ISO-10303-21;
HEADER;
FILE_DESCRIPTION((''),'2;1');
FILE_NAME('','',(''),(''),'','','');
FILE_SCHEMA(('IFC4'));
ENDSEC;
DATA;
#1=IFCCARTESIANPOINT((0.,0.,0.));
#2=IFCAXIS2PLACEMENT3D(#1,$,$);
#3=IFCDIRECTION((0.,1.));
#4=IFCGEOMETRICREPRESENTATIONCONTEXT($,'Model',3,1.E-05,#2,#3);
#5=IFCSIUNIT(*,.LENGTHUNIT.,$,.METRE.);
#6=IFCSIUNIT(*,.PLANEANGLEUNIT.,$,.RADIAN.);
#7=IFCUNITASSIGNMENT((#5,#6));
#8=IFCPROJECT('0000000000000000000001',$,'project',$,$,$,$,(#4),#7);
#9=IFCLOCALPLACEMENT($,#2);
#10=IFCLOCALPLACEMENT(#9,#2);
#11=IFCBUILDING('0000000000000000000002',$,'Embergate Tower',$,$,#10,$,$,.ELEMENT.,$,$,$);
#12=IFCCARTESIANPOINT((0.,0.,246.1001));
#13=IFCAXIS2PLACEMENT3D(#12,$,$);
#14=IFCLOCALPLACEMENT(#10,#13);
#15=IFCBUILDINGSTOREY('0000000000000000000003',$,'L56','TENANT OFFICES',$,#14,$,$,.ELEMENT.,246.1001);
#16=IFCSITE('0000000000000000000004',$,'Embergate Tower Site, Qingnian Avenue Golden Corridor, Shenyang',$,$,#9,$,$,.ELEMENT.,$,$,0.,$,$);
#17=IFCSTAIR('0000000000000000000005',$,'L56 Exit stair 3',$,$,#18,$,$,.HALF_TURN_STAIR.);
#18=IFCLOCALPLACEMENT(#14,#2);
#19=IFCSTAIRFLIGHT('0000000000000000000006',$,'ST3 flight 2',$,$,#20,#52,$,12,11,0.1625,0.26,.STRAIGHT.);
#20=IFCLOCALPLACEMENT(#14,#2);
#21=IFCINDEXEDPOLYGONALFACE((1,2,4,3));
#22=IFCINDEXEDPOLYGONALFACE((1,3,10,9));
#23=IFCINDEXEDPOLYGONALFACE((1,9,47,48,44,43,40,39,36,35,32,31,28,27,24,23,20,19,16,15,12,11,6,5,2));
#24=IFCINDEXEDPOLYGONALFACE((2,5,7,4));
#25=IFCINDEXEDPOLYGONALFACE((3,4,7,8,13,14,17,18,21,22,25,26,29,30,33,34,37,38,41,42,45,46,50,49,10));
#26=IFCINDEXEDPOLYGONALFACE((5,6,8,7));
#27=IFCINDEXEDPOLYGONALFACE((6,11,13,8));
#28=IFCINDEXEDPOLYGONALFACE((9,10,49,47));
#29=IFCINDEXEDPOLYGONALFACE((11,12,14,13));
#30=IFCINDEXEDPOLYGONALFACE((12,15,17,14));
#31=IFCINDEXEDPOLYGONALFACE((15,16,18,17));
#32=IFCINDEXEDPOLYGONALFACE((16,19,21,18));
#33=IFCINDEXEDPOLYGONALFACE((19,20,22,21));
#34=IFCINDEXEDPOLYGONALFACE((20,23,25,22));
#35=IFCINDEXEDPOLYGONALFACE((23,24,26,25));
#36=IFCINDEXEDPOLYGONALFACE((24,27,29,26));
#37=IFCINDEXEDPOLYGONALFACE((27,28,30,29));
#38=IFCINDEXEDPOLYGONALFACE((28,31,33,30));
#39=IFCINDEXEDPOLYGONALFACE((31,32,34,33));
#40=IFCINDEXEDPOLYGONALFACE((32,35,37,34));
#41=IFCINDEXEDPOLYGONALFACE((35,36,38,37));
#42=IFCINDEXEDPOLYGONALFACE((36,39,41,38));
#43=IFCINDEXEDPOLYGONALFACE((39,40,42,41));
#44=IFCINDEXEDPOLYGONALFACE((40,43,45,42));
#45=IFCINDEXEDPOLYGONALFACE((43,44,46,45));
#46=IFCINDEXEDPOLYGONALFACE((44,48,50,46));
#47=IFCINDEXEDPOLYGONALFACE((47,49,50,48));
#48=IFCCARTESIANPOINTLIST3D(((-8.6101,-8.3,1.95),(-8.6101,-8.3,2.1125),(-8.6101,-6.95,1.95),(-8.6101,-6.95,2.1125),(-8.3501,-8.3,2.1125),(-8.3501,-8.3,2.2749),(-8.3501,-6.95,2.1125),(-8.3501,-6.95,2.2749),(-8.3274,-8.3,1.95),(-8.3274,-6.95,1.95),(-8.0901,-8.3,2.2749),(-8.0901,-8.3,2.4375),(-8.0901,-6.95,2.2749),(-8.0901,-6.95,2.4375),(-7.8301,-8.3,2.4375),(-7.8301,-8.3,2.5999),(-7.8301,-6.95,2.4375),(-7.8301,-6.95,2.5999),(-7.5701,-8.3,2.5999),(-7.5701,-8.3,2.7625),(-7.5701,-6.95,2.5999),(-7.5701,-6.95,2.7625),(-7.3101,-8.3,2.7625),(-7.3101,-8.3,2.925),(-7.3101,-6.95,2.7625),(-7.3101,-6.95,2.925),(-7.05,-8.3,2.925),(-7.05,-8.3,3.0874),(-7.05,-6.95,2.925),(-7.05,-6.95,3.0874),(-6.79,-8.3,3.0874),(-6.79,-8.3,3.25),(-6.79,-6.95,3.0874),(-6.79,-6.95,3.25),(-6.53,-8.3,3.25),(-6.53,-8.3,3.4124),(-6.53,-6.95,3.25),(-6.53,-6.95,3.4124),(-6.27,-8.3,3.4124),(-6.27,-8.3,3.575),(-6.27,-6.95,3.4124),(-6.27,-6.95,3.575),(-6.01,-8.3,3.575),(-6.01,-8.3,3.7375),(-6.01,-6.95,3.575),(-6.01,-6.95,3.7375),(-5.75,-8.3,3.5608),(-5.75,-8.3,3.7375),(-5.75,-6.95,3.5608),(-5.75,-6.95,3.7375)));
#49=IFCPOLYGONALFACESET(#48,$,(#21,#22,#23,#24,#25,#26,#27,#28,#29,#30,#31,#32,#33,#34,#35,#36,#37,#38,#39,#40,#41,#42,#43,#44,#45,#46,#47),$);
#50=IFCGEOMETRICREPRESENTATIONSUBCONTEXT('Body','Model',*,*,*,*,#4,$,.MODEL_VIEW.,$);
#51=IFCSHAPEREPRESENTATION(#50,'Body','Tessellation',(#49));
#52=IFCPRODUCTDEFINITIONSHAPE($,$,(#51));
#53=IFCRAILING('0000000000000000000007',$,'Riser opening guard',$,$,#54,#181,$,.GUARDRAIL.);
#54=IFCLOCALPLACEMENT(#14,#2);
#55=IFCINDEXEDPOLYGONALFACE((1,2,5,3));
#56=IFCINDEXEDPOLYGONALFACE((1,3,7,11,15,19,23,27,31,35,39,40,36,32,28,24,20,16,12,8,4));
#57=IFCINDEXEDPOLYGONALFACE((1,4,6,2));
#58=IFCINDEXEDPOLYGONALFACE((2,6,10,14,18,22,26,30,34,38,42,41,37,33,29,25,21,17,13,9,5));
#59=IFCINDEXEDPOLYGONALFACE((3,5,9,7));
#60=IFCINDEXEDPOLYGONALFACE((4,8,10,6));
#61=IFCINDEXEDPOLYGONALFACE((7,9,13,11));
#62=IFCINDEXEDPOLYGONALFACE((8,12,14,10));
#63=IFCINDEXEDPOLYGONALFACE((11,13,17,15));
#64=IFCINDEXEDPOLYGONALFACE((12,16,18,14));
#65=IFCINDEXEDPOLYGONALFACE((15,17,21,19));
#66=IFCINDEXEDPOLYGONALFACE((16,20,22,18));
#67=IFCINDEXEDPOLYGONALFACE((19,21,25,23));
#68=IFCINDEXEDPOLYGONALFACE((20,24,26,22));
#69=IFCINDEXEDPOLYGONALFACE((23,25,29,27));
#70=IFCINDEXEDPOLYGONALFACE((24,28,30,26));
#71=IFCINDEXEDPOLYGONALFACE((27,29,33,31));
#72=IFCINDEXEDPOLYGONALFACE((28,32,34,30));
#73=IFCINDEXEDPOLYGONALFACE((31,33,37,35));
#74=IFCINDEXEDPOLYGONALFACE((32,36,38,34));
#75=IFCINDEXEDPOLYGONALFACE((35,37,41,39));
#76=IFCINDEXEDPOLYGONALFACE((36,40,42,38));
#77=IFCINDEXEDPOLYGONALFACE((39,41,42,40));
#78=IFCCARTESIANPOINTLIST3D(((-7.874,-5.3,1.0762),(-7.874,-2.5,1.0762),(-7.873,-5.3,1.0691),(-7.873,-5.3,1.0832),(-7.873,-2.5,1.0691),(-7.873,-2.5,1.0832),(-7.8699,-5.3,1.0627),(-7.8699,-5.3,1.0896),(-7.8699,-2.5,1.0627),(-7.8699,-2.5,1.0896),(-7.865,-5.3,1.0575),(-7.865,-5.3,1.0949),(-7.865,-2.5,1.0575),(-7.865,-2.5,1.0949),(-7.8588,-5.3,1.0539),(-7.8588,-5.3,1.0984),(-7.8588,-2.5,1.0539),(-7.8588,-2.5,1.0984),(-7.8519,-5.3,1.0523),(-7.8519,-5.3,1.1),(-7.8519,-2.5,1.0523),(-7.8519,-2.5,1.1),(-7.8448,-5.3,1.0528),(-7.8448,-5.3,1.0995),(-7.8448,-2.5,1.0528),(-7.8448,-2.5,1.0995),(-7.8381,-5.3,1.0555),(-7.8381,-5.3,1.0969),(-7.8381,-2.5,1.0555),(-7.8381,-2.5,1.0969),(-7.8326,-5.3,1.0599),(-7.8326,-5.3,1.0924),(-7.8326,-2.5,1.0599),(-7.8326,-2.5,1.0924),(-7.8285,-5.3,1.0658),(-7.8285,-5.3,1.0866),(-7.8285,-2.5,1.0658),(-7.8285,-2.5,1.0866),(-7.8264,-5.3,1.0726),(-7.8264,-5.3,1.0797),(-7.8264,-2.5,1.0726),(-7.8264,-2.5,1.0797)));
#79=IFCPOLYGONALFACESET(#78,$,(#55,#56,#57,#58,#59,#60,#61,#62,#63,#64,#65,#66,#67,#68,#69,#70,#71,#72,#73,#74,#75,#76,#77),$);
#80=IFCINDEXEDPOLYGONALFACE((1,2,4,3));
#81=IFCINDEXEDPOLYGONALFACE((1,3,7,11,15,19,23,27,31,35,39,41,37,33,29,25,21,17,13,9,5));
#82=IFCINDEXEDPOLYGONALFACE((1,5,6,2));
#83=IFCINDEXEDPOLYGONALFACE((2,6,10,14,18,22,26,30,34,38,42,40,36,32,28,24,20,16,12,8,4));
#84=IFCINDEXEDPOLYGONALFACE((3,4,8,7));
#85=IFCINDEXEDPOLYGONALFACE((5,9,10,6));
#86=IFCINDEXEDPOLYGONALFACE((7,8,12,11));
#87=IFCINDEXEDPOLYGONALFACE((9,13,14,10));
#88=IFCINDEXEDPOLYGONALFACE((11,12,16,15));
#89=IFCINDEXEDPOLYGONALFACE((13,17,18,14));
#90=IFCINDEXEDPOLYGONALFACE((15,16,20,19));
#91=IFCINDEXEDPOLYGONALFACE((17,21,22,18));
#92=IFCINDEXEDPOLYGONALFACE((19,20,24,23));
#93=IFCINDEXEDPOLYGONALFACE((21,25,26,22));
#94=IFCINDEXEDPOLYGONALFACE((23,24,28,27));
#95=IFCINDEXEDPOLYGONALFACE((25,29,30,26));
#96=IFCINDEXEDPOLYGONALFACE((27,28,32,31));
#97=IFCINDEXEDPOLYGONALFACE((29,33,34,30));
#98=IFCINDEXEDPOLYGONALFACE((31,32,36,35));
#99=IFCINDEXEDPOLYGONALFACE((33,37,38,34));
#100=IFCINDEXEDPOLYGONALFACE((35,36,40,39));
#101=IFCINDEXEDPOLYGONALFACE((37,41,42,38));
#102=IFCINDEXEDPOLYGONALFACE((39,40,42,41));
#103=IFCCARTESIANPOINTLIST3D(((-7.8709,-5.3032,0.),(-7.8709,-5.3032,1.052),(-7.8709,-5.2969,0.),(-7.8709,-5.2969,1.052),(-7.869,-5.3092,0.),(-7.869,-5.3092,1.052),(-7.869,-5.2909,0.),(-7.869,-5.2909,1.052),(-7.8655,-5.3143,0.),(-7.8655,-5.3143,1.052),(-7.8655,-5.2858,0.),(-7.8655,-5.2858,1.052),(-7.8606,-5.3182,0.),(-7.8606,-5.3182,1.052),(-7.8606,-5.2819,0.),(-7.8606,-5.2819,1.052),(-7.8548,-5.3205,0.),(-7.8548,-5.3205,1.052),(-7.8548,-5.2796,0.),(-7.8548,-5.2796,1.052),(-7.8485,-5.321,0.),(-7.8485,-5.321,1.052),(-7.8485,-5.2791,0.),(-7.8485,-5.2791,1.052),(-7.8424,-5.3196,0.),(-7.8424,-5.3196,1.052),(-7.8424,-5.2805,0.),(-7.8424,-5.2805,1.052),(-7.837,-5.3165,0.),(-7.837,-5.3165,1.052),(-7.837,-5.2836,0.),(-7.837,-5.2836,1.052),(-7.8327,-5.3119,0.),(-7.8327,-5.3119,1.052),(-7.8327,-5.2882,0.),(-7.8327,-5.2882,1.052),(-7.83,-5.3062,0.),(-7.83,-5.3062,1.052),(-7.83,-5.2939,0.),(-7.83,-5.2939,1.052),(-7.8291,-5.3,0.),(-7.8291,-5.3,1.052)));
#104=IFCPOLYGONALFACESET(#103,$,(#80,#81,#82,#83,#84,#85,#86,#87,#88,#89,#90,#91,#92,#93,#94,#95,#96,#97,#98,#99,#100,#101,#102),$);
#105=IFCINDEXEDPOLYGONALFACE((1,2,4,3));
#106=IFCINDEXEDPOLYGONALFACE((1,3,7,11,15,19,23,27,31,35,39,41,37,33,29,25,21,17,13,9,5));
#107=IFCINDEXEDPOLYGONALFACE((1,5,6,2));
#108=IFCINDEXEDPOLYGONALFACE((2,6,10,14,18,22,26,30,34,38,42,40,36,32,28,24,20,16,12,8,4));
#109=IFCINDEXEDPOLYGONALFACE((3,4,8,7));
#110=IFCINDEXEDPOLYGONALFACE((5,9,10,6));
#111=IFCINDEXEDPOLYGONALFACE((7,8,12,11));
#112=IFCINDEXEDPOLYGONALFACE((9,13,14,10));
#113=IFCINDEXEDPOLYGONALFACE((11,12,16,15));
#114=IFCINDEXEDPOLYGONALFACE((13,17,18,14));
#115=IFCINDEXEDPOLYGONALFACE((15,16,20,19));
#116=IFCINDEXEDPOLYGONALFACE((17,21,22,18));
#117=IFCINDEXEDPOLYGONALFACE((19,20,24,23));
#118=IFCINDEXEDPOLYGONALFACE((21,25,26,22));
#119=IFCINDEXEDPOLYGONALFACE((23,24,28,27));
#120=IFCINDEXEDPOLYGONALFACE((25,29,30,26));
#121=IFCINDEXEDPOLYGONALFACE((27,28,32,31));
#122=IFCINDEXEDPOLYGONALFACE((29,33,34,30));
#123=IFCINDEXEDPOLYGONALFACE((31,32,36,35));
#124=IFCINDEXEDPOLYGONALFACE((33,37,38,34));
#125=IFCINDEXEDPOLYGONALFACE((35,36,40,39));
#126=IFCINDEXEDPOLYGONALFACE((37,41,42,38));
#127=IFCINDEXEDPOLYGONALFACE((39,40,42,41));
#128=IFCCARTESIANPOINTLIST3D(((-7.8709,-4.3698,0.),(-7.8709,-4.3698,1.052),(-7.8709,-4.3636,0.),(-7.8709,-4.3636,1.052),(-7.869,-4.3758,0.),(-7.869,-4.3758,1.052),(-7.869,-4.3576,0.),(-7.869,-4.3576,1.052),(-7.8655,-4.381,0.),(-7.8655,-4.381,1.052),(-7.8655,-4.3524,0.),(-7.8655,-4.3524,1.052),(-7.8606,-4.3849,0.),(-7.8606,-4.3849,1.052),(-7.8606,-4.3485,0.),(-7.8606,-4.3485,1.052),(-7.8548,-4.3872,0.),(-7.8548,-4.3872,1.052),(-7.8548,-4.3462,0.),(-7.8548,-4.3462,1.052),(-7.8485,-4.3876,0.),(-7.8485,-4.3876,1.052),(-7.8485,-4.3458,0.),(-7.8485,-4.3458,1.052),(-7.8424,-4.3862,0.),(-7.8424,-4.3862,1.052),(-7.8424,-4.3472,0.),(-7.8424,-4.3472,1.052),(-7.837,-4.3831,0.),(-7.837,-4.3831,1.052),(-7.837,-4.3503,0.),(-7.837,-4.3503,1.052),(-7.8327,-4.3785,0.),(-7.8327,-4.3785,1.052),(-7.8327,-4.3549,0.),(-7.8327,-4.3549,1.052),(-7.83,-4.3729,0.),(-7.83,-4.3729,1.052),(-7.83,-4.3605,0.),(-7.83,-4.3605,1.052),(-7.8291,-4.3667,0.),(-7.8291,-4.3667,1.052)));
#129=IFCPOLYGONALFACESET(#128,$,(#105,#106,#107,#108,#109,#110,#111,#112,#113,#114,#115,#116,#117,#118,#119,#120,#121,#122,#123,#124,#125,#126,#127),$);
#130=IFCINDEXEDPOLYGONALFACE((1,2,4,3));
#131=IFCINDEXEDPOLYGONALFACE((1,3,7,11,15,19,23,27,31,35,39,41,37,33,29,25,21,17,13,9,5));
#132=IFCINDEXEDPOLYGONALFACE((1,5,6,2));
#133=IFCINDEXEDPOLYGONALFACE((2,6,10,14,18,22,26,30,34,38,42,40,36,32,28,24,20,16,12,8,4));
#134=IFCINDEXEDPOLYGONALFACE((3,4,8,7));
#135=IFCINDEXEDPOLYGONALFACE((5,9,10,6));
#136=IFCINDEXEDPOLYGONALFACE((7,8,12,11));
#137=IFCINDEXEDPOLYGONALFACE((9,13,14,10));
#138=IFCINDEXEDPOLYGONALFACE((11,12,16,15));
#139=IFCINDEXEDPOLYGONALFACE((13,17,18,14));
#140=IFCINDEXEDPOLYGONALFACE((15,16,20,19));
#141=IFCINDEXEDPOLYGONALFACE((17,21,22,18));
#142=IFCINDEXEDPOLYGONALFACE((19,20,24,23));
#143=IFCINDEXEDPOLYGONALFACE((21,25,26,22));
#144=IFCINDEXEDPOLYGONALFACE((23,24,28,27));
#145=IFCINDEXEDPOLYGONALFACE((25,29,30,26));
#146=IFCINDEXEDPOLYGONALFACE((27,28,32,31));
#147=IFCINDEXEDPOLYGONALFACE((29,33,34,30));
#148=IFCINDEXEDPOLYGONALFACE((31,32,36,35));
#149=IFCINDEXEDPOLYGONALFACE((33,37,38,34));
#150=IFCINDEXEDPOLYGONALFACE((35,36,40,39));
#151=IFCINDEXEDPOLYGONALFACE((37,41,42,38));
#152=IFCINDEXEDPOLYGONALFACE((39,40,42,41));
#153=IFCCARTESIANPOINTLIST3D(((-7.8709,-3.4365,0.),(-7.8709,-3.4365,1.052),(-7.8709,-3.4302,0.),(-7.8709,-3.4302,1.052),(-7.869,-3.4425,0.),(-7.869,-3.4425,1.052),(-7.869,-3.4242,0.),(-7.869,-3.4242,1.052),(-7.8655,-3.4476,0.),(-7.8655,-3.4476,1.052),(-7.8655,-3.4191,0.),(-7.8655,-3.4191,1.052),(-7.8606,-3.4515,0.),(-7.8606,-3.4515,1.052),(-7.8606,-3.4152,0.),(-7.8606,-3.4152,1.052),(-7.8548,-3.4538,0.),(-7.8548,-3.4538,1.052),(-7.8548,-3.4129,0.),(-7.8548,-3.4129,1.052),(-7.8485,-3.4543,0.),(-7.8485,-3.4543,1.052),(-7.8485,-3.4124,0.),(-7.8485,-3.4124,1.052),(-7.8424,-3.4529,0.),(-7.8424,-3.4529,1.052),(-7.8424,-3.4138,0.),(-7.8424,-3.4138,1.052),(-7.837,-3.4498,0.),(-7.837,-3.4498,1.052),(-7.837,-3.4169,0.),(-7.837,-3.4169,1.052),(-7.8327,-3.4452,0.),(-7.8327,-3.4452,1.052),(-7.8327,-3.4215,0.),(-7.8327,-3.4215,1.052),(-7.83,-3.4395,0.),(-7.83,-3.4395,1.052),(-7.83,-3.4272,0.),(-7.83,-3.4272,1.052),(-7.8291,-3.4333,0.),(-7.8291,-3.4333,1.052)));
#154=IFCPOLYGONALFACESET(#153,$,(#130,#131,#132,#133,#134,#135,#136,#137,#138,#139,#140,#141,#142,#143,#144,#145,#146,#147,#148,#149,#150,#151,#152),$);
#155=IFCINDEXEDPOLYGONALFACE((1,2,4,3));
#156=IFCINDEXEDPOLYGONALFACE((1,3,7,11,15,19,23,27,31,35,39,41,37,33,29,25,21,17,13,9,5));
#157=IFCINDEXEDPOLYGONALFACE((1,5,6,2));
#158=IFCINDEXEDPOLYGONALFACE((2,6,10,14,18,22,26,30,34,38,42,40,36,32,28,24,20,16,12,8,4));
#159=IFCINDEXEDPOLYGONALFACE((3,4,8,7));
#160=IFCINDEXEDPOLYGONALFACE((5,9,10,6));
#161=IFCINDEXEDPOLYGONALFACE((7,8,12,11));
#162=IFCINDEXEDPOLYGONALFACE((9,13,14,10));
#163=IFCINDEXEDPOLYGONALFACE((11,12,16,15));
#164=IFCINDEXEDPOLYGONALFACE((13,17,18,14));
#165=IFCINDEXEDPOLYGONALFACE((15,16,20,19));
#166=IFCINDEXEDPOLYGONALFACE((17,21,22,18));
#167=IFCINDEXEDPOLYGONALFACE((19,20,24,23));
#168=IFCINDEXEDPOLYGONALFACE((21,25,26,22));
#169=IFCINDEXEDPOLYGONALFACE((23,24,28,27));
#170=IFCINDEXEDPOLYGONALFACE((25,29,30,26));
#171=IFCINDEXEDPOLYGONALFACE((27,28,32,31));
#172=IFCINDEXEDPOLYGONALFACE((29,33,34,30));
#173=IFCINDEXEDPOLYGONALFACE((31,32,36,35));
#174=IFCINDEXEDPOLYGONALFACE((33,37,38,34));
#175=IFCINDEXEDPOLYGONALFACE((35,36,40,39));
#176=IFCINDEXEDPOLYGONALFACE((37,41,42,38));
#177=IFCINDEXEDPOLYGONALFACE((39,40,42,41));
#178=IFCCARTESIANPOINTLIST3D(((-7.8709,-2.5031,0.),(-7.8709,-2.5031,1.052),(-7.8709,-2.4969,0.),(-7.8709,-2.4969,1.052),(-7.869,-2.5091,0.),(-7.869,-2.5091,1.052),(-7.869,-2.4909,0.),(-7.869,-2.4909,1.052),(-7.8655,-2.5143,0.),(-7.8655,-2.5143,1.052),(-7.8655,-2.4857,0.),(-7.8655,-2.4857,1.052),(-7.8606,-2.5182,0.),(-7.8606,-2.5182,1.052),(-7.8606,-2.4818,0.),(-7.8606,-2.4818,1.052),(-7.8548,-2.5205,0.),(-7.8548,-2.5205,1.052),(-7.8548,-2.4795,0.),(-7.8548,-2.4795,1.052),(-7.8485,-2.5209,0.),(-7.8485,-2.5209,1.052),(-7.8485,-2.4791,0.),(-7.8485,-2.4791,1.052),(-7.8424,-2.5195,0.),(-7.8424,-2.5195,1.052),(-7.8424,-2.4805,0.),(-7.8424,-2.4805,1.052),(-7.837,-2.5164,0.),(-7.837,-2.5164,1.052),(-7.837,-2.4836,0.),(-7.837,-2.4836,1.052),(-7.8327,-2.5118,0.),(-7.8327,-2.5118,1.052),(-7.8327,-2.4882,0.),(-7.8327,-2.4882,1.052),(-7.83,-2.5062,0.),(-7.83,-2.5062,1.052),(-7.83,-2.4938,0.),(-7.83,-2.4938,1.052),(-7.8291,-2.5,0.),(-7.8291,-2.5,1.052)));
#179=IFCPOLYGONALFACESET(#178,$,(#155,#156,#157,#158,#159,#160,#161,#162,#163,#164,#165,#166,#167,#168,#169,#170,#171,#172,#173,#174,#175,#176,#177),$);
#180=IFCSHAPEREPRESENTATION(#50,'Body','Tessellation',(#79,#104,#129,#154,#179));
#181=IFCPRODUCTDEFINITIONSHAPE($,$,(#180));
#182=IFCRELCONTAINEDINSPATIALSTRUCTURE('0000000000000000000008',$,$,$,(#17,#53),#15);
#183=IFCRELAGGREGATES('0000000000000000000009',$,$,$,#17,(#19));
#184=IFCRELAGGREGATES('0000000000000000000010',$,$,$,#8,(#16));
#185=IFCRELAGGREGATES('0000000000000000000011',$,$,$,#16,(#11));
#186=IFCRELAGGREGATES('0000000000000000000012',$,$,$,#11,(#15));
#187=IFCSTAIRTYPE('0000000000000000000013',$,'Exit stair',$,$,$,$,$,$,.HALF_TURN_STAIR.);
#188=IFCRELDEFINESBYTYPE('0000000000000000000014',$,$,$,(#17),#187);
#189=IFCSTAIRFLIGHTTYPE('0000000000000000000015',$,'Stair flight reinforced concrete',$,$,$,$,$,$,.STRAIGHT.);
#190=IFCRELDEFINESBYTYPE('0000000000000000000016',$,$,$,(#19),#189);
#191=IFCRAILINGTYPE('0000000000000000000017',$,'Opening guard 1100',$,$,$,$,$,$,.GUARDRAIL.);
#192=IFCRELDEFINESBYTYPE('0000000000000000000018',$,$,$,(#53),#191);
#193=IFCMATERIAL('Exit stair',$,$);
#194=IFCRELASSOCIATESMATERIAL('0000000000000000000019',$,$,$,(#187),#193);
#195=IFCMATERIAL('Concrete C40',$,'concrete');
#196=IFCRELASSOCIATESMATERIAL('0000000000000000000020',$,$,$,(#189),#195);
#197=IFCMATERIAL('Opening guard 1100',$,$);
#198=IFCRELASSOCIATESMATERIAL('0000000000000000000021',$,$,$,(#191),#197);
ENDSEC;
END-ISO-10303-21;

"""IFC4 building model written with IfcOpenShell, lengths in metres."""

from ifc_helpers import new_model, si_unit, direction, frame, origin, origin_2d, place, context, subcontext, project, spatial, polyline, circle, outline, extrude, source, transform, mapped, material, type_object, element, aggregate, save


model = new_model("IFC4")

# Units and contexts
model_context = context("Model", 3, precision=1e-05, world=origin(), true_north=direction((0.0, 1.0)))
body_context = subcontext(model_context, "Body", "Model", "MODEL_VIEW")
ifc_project = project(units=[si_unit("LENGTHUNIT", "METRE"), si_unit("PLANEANGLEUNIT", "RADIAN")], contexts=[model_context])

# Site, building, storey
site_placement = place(None, origin())
site = spatial("IfcSite", under=ifc_project, at=site_placement, Name="Embergate Tower Site, Qingnian Avenue Golden Corridor, Shenyang", CompositionType="ELEMENT", RefElevation=0.0)
building_placement = place(site_placement, origin())
building = spatial("IfcBuilding", under=site, at=building_placement, Name="Embergate Tower", CompositionType="ELEMENT")
storey_placement = place(building_placement, frame((0.0, 0.0, 246.1001)))
storey = spatial("IfcBuildingStorey", under=building, at=storey_placement, Name="L56", Description="TENANT OFFICES", CompositionType="ELEMENT", Elevation=246.1001)

# Stair
ifc_material_1 = material(Name="Exit stair")
stair_type = type_object("IfcStairType", Name="Exit stair", PredefinedType="HALF_TURN_STAIR", material=ifc_material_1)
stair_placement = place(storey_placement, origin())
stair = element("IfcStair", 1, at=stair_placement, inside=storey, type_object=stair_type, Name="L56 Exit stair 3", PredefinedType="HALF_TURN_STAIR")
ifc_material_2 = material(Name="Concrete C40", Category="concrete")

# Stair flight
stair_flight_type = type_object("IfcStairFlightType", Name="Stair flight reinforced concrete", PredefinedType="STRAIGHT", material=ifc_material_2)
shared_shape_1 = source(origin(), body_context, "Body", "SweptSolid", [
    extrude(outline(polyline([(0.0, 0.0), (0.0, 0.1626), (0.26, 0.1626), (0.26, 0.325), (0.52, 0.325), (0.52, 0.4875), (0.78, 0.4875), (0.78, 0.6499), (1.04, 0.6499), (1.04, 0.8125), (1.3, 0.8125), (1.3, 0.9751), (1.5601, 0.9751), (1.5601, 1.1375), (1.8201, 1.1375), (1.8201, 1.3), (2.0801, 1.3), (2.0801, 1.4624), (2.3401, 1.4624), (2.3401, 1.625), (2.6001, 1.625), (2.6001, 1.7876), (2.8601, 1.7876), (2.8601, 1.95), (2.8601, 1.6108), (0.2827, 0.0), (0.0, 0.0)])), frame((0.0, 0.675, 0.0), z_axis=(0.0, -1.0, 0.0), x_axis=(1.0, 0.0, 0.0)), (0.0, 0.0, 1.0), 1.3501),
])
stair_flight_placement = place(storey_placement, frame((-8.6101, -7.625, 1.95), z_axis=(0.0, 0.0, 1.0), x_axis=(1.0, 0.0, 0.0)))
stair_flight = element("IfcStairFlight", 2, at=stair_flight_placement, type_object=stair_flight_type, Name="ST3 flight 2", NumberOfRisers=12, NumberOfTreads=11, PredefinedType="STRAIGHT", RiserHeight=0.1625, TreadLength=0.26, context=body_context, shape_type="MappedRepresentation", body=[
    mapped(shared_shape_1, transform((0.0, 0.0, 0.0))),
])
aggregate(stair, [stair_flight])

# Railing
ifc_material_3 = material(Name="Opening guard 1100")
railing_type = type_object("IfcRailingType", Name="Opening guard 1100", PredefinedType="GUARDRAIL", material=ifc_material_3)
shared_shape_2 = source(origin(), body_context, "Body", "SweptSolid", [
    extrude(circle(Radius=0.0239, at=origin_2d()), frame((0.0, 0.0, 1.0762), z_axis=(0.0, 1.0, 0.0), x_axis=(-1.0, 0.0, 0.0)), (0.0, 0.0, 1.0), 2.8),
    extrude(circle(Radius=0.021, at=origin_2d()), origin(), (0.0, 0.0, 1.0), 1.052),
    extrude(circle(Radius=0.021, at=origin_2d()), frame((0.0, 0.9333, 0.0)), (0.0, 0.0, 1.0), 1.052),
    extrude(circle(Radius=0.021, at=origin_2d()), frame((0.0, 1.8667, 0.0)), (0.0, 0.0, 1.0), 1.052),
    extrude(circle(Radius=0.021, at=origin_2d()), frame((0.0, 2.8, 0.0)), (0.0, 0.0, 1.0), 1.052),
])
railing_placement = place(storey_placement, frame((-7.8501, -5.3, 0.0)))
element("IfcRailing", 3, at=railing_placement, inside=storey, type_object=railing_type, Name="Riser opening guard", PredefinedType="GUARDRAIL", context=body_context, shape_type="MappedRepresentation", body=[
    mapped(shared_shape_2, transform((0.0, 0.0, 0.0))),
])

save(model, "model.ifc")
